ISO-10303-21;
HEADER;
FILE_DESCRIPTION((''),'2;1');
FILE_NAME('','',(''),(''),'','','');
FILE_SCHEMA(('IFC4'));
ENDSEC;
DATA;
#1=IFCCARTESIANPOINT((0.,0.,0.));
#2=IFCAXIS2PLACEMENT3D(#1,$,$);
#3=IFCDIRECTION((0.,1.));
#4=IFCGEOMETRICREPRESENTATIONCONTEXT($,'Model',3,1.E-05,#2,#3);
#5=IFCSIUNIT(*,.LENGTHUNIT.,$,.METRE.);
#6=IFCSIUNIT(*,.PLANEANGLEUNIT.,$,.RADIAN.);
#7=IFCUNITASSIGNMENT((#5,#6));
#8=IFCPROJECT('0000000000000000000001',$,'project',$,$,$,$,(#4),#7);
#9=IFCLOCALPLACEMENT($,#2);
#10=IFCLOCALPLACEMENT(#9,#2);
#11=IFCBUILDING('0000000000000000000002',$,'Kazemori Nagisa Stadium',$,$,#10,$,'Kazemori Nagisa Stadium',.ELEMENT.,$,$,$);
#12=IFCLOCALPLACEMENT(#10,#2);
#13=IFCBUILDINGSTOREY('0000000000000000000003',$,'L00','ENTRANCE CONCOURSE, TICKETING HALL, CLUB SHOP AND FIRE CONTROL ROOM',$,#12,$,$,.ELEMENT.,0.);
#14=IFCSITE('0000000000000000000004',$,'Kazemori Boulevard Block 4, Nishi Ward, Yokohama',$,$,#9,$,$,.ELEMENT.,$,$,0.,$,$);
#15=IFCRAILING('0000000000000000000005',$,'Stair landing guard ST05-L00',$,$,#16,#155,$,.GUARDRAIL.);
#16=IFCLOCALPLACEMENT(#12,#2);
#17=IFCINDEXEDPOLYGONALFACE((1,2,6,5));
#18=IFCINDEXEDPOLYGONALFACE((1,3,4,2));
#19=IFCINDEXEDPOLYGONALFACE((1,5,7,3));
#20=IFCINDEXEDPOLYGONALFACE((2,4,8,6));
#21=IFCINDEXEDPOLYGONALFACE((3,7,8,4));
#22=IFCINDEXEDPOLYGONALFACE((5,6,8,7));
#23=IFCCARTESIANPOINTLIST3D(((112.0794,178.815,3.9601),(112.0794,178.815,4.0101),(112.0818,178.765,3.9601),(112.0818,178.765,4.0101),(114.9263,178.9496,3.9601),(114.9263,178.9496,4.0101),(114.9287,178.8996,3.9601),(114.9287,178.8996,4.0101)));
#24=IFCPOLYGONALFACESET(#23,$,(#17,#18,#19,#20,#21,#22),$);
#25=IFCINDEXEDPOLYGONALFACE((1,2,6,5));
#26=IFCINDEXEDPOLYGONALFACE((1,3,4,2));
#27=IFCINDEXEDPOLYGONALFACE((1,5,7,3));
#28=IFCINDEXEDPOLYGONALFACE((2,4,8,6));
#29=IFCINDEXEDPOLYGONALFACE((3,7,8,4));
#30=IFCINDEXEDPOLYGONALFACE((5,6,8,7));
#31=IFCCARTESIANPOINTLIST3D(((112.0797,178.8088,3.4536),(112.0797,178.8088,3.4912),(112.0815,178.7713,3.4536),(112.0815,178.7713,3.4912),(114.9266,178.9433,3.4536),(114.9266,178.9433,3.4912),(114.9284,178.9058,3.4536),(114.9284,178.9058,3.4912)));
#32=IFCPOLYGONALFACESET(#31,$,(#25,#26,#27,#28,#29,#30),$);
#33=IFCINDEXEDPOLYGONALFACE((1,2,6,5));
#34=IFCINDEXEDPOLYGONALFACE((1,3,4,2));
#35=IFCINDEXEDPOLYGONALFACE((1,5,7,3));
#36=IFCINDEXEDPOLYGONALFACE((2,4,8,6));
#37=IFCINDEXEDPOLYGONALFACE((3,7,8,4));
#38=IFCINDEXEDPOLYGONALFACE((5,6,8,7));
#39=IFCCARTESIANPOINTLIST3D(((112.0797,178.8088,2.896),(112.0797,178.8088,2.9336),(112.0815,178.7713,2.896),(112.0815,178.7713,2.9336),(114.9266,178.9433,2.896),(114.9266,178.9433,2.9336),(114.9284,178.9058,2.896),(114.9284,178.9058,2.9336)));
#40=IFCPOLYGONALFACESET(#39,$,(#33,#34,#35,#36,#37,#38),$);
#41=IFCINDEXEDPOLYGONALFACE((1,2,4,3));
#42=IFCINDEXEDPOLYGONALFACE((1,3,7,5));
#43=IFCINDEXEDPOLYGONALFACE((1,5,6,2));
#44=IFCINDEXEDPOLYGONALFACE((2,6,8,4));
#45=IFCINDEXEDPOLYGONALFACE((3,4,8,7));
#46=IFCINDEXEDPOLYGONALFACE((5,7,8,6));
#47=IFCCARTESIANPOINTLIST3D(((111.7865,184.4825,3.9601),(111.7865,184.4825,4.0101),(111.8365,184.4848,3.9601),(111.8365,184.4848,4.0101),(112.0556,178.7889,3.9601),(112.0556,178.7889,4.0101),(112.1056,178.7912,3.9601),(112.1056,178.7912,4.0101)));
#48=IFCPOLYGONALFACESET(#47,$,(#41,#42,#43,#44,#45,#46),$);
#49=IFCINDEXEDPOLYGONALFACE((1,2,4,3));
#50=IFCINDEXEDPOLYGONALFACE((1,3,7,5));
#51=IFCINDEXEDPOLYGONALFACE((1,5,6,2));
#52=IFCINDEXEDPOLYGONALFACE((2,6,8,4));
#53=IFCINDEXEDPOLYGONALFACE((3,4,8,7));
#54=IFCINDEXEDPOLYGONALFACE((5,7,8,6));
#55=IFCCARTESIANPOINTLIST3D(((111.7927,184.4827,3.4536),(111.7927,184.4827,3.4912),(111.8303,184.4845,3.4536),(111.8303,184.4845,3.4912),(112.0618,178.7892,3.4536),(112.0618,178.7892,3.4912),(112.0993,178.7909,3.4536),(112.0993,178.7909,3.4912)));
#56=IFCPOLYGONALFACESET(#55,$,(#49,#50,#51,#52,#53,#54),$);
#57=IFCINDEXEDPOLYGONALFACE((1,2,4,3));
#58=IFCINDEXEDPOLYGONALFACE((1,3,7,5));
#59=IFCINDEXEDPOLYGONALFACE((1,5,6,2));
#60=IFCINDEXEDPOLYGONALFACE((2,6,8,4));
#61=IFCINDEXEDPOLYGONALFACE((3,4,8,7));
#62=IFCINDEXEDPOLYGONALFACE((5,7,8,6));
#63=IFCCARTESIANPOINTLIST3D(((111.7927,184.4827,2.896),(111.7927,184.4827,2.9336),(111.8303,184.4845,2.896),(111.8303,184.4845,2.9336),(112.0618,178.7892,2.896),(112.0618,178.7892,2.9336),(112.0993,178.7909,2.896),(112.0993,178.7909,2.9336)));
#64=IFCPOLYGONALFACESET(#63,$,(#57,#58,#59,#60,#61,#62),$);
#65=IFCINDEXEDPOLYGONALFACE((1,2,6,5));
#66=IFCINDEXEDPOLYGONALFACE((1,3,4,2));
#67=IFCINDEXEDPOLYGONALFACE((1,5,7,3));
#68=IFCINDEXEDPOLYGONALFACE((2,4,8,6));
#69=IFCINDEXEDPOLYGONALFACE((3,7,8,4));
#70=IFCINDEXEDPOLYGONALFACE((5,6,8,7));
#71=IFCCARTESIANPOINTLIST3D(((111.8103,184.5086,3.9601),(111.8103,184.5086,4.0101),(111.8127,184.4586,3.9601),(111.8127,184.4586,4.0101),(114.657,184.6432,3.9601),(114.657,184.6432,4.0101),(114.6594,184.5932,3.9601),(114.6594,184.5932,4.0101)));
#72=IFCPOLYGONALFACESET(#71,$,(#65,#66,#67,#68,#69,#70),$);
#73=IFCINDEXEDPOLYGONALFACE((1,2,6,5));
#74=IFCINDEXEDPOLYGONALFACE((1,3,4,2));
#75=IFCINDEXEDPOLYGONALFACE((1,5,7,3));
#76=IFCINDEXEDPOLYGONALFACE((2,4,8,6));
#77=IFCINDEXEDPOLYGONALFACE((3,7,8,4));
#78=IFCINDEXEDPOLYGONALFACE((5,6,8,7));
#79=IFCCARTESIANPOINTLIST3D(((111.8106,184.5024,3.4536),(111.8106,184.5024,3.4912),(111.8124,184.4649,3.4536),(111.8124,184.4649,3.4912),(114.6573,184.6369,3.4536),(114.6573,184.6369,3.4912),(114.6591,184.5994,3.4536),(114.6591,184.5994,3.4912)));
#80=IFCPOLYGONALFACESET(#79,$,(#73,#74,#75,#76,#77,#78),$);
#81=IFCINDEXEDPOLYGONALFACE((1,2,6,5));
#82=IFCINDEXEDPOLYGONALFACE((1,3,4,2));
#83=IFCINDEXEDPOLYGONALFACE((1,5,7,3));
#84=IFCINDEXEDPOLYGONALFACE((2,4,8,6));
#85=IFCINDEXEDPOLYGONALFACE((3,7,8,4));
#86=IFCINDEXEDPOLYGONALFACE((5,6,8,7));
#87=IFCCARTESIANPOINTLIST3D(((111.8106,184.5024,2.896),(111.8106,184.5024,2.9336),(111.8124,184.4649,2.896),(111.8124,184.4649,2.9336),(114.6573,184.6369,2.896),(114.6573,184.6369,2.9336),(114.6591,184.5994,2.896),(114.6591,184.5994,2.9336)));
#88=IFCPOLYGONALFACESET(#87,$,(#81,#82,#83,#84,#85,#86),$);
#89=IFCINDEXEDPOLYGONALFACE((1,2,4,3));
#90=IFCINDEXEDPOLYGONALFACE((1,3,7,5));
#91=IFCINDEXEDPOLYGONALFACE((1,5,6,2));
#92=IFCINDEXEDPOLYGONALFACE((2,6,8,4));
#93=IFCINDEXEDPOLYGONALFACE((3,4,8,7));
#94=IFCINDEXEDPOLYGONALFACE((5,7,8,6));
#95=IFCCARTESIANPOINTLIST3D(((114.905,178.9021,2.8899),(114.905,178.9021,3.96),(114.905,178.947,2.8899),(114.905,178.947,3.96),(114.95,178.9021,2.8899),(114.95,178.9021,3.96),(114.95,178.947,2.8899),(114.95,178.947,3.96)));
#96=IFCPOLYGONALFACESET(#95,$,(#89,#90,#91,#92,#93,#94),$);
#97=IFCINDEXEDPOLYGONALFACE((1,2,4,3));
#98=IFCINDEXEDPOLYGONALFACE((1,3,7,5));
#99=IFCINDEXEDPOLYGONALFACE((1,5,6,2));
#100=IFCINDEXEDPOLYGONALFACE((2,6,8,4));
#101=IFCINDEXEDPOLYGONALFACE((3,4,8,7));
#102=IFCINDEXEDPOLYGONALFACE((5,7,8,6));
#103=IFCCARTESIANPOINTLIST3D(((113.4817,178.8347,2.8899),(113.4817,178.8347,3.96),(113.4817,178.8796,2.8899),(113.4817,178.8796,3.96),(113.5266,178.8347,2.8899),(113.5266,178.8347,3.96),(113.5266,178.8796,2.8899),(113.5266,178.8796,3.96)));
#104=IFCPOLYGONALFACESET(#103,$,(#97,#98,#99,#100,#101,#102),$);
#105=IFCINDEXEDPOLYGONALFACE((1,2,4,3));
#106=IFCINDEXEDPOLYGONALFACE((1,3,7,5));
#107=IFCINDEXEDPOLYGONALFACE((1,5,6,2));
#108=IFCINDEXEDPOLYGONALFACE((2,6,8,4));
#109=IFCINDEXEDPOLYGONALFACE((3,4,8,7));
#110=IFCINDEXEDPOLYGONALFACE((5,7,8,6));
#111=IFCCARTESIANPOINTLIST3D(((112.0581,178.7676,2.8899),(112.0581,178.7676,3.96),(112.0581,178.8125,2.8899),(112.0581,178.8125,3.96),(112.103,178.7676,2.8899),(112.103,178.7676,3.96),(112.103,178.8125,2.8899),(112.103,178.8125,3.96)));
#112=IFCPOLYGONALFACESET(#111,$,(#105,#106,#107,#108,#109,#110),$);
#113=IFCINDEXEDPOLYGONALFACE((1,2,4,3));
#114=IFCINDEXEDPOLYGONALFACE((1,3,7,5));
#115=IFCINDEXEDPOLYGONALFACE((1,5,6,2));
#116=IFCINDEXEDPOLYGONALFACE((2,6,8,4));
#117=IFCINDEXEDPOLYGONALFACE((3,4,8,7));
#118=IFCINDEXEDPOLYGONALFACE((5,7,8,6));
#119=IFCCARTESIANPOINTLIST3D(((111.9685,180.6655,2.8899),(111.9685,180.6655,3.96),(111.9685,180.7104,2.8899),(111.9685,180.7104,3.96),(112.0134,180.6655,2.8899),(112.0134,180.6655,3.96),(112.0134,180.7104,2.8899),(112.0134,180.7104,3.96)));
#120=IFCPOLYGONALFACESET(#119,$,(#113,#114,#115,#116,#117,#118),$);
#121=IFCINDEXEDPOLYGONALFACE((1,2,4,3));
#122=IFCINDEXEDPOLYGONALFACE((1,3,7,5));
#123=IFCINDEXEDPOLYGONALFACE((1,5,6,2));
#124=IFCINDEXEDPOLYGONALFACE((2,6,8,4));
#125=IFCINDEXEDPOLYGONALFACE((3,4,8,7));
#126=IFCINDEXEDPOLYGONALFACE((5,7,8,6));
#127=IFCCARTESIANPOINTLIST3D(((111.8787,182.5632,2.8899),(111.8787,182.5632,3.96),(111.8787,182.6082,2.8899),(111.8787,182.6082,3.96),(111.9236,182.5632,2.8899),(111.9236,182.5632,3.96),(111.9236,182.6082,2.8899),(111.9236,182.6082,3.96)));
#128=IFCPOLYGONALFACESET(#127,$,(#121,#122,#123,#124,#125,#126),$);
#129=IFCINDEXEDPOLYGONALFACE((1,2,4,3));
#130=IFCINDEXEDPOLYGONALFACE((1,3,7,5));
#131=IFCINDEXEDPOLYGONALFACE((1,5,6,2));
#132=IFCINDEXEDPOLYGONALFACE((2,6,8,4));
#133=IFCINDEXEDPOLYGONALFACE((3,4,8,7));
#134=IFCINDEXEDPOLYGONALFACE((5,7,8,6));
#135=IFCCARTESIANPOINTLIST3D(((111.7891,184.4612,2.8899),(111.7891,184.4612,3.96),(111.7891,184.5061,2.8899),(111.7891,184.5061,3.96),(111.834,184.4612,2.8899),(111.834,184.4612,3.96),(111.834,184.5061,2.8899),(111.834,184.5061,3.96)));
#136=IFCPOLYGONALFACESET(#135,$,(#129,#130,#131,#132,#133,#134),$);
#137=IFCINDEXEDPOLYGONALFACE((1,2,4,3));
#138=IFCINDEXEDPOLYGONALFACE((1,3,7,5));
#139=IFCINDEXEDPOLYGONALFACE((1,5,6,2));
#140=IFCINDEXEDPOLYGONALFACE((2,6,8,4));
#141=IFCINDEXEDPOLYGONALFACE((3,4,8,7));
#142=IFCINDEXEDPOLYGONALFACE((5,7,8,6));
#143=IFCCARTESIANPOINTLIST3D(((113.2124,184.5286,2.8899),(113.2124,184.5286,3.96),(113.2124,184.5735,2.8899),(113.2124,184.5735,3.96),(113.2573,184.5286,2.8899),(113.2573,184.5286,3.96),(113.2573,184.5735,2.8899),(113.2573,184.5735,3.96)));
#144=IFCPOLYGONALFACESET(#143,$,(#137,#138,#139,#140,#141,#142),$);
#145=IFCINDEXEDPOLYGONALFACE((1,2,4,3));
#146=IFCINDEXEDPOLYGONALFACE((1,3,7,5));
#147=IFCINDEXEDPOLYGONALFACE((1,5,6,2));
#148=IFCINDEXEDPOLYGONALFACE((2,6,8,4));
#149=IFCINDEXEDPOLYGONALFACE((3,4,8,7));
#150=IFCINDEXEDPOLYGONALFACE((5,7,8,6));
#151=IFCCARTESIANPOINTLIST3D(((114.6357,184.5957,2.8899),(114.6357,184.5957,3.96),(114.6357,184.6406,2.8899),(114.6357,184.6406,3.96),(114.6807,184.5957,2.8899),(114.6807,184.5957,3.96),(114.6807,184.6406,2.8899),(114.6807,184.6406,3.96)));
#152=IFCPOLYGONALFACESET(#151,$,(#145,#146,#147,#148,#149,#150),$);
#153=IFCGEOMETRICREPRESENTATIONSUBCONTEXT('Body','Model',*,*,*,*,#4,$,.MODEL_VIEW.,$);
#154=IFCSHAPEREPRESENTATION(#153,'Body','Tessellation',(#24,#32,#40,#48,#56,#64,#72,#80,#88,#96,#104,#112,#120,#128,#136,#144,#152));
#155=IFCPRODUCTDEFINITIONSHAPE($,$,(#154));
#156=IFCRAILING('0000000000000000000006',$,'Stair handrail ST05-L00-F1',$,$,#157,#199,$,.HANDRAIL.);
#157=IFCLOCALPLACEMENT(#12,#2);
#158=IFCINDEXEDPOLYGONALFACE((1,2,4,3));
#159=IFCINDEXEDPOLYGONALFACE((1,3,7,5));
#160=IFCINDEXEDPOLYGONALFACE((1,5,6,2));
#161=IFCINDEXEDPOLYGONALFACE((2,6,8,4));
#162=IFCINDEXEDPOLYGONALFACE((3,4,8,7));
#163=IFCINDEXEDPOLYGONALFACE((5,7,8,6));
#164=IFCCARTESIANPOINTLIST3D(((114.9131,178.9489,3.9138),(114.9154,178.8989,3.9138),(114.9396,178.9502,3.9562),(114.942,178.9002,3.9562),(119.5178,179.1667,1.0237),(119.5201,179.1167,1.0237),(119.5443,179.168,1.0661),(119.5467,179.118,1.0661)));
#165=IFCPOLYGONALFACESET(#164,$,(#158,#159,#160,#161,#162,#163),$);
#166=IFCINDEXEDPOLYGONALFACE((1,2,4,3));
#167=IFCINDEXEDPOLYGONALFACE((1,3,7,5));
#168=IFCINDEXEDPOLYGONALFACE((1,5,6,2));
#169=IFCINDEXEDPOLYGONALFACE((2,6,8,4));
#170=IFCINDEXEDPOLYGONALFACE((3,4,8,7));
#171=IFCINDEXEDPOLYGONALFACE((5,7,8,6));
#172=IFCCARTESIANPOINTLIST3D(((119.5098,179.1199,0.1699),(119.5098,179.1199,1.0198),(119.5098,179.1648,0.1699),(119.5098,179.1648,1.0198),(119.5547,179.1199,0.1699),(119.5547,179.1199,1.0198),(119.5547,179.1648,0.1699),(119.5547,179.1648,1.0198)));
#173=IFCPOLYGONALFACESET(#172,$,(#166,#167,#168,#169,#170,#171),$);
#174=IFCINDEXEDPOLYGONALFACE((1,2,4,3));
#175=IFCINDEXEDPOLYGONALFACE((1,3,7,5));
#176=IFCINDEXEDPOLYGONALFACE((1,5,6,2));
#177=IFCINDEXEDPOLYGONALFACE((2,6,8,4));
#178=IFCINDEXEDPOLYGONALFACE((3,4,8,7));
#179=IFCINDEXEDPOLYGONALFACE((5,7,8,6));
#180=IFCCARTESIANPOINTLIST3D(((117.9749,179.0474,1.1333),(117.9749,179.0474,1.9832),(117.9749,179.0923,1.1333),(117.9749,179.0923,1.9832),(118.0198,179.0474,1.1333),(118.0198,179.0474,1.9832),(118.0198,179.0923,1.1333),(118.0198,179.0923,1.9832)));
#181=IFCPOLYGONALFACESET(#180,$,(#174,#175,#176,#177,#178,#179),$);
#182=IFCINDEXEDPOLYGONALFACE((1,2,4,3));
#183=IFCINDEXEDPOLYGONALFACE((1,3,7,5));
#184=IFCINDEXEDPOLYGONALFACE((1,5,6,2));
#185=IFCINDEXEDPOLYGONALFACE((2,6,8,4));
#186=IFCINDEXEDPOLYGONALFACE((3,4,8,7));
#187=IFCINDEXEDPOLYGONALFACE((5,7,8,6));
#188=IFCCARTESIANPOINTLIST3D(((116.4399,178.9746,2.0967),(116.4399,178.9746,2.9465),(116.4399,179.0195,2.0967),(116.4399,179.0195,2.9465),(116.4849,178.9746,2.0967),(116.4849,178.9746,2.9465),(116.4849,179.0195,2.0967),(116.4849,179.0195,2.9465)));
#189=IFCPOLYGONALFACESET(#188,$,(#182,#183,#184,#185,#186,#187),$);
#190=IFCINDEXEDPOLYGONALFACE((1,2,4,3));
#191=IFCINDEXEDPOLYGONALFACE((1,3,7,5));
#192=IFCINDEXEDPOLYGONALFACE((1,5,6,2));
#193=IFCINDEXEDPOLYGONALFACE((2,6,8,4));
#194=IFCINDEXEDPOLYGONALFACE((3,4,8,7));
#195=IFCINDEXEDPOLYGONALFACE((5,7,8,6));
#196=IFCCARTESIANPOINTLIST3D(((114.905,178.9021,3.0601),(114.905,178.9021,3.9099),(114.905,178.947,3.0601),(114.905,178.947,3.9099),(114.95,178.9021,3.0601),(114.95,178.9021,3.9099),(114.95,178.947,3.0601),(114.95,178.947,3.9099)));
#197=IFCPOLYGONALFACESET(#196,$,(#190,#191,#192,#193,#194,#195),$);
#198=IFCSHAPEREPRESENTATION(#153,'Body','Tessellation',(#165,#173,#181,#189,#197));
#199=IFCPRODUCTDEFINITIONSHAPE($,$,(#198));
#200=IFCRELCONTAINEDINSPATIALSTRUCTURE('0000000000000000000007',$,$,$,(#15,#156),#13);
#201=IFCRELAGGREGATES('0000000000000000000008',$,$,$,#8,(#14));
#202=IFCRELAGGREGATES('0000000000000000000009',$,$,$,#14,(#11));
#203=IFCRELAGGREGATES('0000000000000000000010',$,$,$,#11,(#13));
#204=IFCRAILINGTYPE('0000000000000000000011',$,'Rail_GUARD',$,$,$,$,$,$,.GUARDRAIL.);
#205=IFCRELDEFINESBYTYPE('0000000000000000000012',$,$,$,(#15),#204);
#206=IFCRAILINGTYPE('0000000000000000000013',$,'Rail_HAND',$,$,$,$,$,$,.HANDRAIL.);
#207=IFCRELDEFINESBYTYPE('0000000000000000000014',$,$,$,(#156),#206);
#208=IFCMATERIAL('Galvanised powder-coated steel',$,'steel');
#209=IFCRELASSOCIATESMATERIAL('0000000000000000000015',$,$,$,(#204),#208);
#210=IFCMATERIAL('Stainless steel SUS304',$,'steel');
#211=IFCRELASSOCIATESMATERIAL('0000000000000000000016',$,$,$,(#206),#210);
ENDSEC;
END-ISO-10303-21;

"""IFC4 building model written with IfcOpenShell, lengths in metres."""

from ifc_helpers import new_model, si_unit, direction, frame, origin, origin_2d, place, context, subcontext, project, spatial, rectangle, extrude, material, type_object, element, save


model = new_model("IFC4")

# Units and contexts
model_context = context("Model", 3, precision=1e-05, world=origin(), true_north=direction((0.0, 1.0)))
body_context = subcontext(model_context, "Body", "Model", "MODEL_VIEW")
ifc_project = project(units=[si_unit("LENGTHUNIT", "METRE"), si_unit("PLANEANGLEUNIT", "RADIAN")], contexts=[model_context])

# Site, building, storey
site_placement = place(None, origin())
site = spatial("IfcSite", under=ifc_project, at=site_placement, Name="Kazemori Boulevard Block 4, Nishi Ward, Yokohama", CompositionType="ELEMENT", RefElevation=0.0)
building_placement = place(site_placement, origin())
building = spatial("IfcBuilding", under=site, at=building_placement, Name="Kazemori Nagisa Stadium", LongName="Kazemori Nagisa Stadium", CompositionType="ELEMENT")
storey_placement = place(building_placement, origin())
storey = spatial("IfcBuildingStorey", under=building, at=storey_placement, Name="L00", Description="ENTRANCE CONCOURSE, TICKETING HALL, CLUB SHOP AND FIRE CONTROL ROOM", CompositionType="ELEMENT", Elevation=0.0)

# Shared definitions
ifc_material_1 = material(Name="Stainless steel SUS304", Category="steel")

# Railings
ifc_material_2 = material(Name="Galvanised powder-coated steel", Category="steel")
railing_type_1 = type_object("IfcRailingType", Name="Rail_GUARD", PredefinedType="GUARDRAIL", material=ifc_material_2)
railing_1_placement = place(storey_placement, frame((114.9275, 178.9246, 2.8899)))
element("IfcRailing", 1, at=railing_1_placement, inside=storey, type_object=railing_type_1, Name="Stair landing guard ST05-L00", PredefinedType="GUARDRAIL", context=body_context, shape_type="SweptSolid", body=[
    extrude(rectangle(XDim=0.05, YDim=0.05, at=origin_2d()), frame((0.0, 0.0, 1.0952), z_axis=(-0.998886, -0.047199, 0.0), x_axis=(0.047199, -0.998886, 0.0)), (0.0, 0.0, 1.0), 2.8501),
    extrude(rectangle(XDim=0.0376, YDim=0.0376, at=origin_2d()), frame((0.0, 0.0, 0.5825), z_axis=(-0.998886, -0.047199, 0.0), x_axis=(0.047199, -0.998886, 0.0)), (0.0, 0.0, 1.0), 2.8501),
    extrude(rectangle(XDim=0.0376, YDim=0.0376, at=origin_2d()), frame((0.0, 0.0, 0.0249), z_axis=(-0.998886, -0.047199, 0.0), x_axis=(0.047199, -0.998886, 0.0)), (0.0, 0.0, 1.0), 2.8501),
    extrude(rectangle(XDim=0.05, YDim=0.05, at=origin_2d()), frame((-2.8469, -0.1345, 1.0952), z_axis=(-0.047201, 0.998885, 0.0), x_axis=(-0.998885, -0.047201, 0.0)), (0.0, 0.0, 1.0), 5.7),
    extrude(rectangle(XDim=0.0376, YDim=0.0376, at=origin_2d()), frame((-2.8469, -0.1345, 0.5825), z_axis=(-0.047201, 0.998885, 0.0), x_axis=(-0.998885, -0.047201, 0.0)), (0.0, 0.0, 1.0), 5.7),
    extrude(rectangle(XDim=0.0376, YDim=0.0376, at=origin_2d()), frame((-2.8469, -0.1345, 0.0249), z_axis=(-0.047201, 0.998885, 0.0), x_axis=(-0.998885, -0.047201, 0.0)), (0.0, 0.0, 1.0), 5.7),
    extrude(rectangle(XDim=0.05, YDim=0.05, at=origin_2d()), frame((-3.116, 5.5591, 1.0952), z_axis=(0.998885, 0.047203, 0.0), x_axis=(-0.047203, 0.998885, 0.0)), (0.0, 0.0, 1.0), 2.8499),
    extrude(rectangle(XDim=0.0376, YDim=0.0376, at=origin_2d()), frame((-3.116, 5.5591, 0.5825), z_axis=(0.998885, 0.047203, 0.0), x_axis=(-0.047203, 0.998885, 0.0)), (0.0, 0.0, 1.0), 2.8499),
    extrude(rectangle(XDim=0.0376, YDim=0.0376, at=origin_2d()), frame((-3.116, 5.5591, 0.0249), z_axis=(0.998885, 0.047203, 0.0), x_axis=(-0.047203, 0.998885, 0.0)), (0.0, 0.0, 1.0), 2.8499),
    extrude(rectangle(XDim=0.0449, YDim=0.0449, at=origin_2d()), origin(), (0.0, 0.0, 1.0), 1.0701),
    extrude(rectangle(XDim=0.0449, YDim=0.0449, at=origin_2d()), frame((-1.4233, -0.0674, 0.0)), (0.0, 0.0, 1.0), 1.0701),
    extrude(rectangle(XDim=0.0449, YDim=0.0449, at=origin_2d()), frame((-2.8469, -0.1345, 0.0)), (0.0, 0.0, 1.0), 1.0701),
    extrude(rectangle(XDim=0.0449, YDim=0.0449, at=origin_2d()), frame((-2.9365, 1.7634, 0.0)), (0.0, 0.0, 1.0), 1.0701),
    extrude(rectangle(XDim=0.0449, YDim=0.0449, at=origin_2d()), frame((-3.0264, 3.6611, 0.0)), (0.0, 0.0, 1.0), 1.0701),
    extrude(rectangle(XDim=0.0449, YDim=0.0449, at=origin_2d()), frame((-3.116, 5.5591, 0.0)), (0.0, 0.0, 1.0), 1.0701),
    extrude(rectangle(XDim=0.0449, YDim=0.0449, at=origin_2d()), frame((-1.6926, 5.6265, 0.0)), (0.0, 0.0, 1.0), 1.0701),
    extrude(rectangle(XDim=0.0449, YDim=0.0449, at=origin_2d()), frame((-0.2693, 5.6936, 0.0)), (0.0, 0.0, 1.0), 1.0701),
])
railing_type_2 = type_object("IfcRailingType", Name="Rail_HAND", PredefinedType="HANDRAIL", material=ifc_material_1)
railing_2_placement = place(storey_placement, frame((119.5322, 179.1423, 0.1699)))
element("IfcRailing", 2, at=railing_2_placement, inside=storey, type_object=railing_type_2, Name="Stair handrail ST05-L00-F1", PredefinedType="HANDRAIL", context=body_context, shape_type="SweptSolid", body=[
    extrude(rectangle(XDim=0.05, YDim=0.05, at=origin_2d()), frame((0.0, 0.0, 0.875), z_axis=(-0.846311, -0.040025, 0.531183), x_axis=(0.047241, -0.998884, 0.0)), (0.0, 0.0, 1.0), 5.4409),
    extrude(rectangle(XDim=0.0449, YDim=0.0449, at=origin_2d()), origin(), (0.0, 0.0, 1.0), 0.8499),
    extrude(rectangle(XDim=0.0449, YDim=0.0449, at=origin_2d()), frame((-1.5349, -0.0725, 0.9634)), (0.0, 0.0, 1.0), 0.8499),
    extrude(rectangle(XDim=0.0449, YDim=0.0449, at=origin_2d()), frame((-3.0698, -0.1453, 1.9268)), (0.0, 0.0, 1.0), 0.8499),
    extrude(rectangle(XDim=0.0449, YDim=0.0449, at=origin_2d()), frame((-4.6047, -0.2178, 2.8901)), (0.0, 0.0, 1.0), 0.8499),
])

save(model, "model.ifc")
